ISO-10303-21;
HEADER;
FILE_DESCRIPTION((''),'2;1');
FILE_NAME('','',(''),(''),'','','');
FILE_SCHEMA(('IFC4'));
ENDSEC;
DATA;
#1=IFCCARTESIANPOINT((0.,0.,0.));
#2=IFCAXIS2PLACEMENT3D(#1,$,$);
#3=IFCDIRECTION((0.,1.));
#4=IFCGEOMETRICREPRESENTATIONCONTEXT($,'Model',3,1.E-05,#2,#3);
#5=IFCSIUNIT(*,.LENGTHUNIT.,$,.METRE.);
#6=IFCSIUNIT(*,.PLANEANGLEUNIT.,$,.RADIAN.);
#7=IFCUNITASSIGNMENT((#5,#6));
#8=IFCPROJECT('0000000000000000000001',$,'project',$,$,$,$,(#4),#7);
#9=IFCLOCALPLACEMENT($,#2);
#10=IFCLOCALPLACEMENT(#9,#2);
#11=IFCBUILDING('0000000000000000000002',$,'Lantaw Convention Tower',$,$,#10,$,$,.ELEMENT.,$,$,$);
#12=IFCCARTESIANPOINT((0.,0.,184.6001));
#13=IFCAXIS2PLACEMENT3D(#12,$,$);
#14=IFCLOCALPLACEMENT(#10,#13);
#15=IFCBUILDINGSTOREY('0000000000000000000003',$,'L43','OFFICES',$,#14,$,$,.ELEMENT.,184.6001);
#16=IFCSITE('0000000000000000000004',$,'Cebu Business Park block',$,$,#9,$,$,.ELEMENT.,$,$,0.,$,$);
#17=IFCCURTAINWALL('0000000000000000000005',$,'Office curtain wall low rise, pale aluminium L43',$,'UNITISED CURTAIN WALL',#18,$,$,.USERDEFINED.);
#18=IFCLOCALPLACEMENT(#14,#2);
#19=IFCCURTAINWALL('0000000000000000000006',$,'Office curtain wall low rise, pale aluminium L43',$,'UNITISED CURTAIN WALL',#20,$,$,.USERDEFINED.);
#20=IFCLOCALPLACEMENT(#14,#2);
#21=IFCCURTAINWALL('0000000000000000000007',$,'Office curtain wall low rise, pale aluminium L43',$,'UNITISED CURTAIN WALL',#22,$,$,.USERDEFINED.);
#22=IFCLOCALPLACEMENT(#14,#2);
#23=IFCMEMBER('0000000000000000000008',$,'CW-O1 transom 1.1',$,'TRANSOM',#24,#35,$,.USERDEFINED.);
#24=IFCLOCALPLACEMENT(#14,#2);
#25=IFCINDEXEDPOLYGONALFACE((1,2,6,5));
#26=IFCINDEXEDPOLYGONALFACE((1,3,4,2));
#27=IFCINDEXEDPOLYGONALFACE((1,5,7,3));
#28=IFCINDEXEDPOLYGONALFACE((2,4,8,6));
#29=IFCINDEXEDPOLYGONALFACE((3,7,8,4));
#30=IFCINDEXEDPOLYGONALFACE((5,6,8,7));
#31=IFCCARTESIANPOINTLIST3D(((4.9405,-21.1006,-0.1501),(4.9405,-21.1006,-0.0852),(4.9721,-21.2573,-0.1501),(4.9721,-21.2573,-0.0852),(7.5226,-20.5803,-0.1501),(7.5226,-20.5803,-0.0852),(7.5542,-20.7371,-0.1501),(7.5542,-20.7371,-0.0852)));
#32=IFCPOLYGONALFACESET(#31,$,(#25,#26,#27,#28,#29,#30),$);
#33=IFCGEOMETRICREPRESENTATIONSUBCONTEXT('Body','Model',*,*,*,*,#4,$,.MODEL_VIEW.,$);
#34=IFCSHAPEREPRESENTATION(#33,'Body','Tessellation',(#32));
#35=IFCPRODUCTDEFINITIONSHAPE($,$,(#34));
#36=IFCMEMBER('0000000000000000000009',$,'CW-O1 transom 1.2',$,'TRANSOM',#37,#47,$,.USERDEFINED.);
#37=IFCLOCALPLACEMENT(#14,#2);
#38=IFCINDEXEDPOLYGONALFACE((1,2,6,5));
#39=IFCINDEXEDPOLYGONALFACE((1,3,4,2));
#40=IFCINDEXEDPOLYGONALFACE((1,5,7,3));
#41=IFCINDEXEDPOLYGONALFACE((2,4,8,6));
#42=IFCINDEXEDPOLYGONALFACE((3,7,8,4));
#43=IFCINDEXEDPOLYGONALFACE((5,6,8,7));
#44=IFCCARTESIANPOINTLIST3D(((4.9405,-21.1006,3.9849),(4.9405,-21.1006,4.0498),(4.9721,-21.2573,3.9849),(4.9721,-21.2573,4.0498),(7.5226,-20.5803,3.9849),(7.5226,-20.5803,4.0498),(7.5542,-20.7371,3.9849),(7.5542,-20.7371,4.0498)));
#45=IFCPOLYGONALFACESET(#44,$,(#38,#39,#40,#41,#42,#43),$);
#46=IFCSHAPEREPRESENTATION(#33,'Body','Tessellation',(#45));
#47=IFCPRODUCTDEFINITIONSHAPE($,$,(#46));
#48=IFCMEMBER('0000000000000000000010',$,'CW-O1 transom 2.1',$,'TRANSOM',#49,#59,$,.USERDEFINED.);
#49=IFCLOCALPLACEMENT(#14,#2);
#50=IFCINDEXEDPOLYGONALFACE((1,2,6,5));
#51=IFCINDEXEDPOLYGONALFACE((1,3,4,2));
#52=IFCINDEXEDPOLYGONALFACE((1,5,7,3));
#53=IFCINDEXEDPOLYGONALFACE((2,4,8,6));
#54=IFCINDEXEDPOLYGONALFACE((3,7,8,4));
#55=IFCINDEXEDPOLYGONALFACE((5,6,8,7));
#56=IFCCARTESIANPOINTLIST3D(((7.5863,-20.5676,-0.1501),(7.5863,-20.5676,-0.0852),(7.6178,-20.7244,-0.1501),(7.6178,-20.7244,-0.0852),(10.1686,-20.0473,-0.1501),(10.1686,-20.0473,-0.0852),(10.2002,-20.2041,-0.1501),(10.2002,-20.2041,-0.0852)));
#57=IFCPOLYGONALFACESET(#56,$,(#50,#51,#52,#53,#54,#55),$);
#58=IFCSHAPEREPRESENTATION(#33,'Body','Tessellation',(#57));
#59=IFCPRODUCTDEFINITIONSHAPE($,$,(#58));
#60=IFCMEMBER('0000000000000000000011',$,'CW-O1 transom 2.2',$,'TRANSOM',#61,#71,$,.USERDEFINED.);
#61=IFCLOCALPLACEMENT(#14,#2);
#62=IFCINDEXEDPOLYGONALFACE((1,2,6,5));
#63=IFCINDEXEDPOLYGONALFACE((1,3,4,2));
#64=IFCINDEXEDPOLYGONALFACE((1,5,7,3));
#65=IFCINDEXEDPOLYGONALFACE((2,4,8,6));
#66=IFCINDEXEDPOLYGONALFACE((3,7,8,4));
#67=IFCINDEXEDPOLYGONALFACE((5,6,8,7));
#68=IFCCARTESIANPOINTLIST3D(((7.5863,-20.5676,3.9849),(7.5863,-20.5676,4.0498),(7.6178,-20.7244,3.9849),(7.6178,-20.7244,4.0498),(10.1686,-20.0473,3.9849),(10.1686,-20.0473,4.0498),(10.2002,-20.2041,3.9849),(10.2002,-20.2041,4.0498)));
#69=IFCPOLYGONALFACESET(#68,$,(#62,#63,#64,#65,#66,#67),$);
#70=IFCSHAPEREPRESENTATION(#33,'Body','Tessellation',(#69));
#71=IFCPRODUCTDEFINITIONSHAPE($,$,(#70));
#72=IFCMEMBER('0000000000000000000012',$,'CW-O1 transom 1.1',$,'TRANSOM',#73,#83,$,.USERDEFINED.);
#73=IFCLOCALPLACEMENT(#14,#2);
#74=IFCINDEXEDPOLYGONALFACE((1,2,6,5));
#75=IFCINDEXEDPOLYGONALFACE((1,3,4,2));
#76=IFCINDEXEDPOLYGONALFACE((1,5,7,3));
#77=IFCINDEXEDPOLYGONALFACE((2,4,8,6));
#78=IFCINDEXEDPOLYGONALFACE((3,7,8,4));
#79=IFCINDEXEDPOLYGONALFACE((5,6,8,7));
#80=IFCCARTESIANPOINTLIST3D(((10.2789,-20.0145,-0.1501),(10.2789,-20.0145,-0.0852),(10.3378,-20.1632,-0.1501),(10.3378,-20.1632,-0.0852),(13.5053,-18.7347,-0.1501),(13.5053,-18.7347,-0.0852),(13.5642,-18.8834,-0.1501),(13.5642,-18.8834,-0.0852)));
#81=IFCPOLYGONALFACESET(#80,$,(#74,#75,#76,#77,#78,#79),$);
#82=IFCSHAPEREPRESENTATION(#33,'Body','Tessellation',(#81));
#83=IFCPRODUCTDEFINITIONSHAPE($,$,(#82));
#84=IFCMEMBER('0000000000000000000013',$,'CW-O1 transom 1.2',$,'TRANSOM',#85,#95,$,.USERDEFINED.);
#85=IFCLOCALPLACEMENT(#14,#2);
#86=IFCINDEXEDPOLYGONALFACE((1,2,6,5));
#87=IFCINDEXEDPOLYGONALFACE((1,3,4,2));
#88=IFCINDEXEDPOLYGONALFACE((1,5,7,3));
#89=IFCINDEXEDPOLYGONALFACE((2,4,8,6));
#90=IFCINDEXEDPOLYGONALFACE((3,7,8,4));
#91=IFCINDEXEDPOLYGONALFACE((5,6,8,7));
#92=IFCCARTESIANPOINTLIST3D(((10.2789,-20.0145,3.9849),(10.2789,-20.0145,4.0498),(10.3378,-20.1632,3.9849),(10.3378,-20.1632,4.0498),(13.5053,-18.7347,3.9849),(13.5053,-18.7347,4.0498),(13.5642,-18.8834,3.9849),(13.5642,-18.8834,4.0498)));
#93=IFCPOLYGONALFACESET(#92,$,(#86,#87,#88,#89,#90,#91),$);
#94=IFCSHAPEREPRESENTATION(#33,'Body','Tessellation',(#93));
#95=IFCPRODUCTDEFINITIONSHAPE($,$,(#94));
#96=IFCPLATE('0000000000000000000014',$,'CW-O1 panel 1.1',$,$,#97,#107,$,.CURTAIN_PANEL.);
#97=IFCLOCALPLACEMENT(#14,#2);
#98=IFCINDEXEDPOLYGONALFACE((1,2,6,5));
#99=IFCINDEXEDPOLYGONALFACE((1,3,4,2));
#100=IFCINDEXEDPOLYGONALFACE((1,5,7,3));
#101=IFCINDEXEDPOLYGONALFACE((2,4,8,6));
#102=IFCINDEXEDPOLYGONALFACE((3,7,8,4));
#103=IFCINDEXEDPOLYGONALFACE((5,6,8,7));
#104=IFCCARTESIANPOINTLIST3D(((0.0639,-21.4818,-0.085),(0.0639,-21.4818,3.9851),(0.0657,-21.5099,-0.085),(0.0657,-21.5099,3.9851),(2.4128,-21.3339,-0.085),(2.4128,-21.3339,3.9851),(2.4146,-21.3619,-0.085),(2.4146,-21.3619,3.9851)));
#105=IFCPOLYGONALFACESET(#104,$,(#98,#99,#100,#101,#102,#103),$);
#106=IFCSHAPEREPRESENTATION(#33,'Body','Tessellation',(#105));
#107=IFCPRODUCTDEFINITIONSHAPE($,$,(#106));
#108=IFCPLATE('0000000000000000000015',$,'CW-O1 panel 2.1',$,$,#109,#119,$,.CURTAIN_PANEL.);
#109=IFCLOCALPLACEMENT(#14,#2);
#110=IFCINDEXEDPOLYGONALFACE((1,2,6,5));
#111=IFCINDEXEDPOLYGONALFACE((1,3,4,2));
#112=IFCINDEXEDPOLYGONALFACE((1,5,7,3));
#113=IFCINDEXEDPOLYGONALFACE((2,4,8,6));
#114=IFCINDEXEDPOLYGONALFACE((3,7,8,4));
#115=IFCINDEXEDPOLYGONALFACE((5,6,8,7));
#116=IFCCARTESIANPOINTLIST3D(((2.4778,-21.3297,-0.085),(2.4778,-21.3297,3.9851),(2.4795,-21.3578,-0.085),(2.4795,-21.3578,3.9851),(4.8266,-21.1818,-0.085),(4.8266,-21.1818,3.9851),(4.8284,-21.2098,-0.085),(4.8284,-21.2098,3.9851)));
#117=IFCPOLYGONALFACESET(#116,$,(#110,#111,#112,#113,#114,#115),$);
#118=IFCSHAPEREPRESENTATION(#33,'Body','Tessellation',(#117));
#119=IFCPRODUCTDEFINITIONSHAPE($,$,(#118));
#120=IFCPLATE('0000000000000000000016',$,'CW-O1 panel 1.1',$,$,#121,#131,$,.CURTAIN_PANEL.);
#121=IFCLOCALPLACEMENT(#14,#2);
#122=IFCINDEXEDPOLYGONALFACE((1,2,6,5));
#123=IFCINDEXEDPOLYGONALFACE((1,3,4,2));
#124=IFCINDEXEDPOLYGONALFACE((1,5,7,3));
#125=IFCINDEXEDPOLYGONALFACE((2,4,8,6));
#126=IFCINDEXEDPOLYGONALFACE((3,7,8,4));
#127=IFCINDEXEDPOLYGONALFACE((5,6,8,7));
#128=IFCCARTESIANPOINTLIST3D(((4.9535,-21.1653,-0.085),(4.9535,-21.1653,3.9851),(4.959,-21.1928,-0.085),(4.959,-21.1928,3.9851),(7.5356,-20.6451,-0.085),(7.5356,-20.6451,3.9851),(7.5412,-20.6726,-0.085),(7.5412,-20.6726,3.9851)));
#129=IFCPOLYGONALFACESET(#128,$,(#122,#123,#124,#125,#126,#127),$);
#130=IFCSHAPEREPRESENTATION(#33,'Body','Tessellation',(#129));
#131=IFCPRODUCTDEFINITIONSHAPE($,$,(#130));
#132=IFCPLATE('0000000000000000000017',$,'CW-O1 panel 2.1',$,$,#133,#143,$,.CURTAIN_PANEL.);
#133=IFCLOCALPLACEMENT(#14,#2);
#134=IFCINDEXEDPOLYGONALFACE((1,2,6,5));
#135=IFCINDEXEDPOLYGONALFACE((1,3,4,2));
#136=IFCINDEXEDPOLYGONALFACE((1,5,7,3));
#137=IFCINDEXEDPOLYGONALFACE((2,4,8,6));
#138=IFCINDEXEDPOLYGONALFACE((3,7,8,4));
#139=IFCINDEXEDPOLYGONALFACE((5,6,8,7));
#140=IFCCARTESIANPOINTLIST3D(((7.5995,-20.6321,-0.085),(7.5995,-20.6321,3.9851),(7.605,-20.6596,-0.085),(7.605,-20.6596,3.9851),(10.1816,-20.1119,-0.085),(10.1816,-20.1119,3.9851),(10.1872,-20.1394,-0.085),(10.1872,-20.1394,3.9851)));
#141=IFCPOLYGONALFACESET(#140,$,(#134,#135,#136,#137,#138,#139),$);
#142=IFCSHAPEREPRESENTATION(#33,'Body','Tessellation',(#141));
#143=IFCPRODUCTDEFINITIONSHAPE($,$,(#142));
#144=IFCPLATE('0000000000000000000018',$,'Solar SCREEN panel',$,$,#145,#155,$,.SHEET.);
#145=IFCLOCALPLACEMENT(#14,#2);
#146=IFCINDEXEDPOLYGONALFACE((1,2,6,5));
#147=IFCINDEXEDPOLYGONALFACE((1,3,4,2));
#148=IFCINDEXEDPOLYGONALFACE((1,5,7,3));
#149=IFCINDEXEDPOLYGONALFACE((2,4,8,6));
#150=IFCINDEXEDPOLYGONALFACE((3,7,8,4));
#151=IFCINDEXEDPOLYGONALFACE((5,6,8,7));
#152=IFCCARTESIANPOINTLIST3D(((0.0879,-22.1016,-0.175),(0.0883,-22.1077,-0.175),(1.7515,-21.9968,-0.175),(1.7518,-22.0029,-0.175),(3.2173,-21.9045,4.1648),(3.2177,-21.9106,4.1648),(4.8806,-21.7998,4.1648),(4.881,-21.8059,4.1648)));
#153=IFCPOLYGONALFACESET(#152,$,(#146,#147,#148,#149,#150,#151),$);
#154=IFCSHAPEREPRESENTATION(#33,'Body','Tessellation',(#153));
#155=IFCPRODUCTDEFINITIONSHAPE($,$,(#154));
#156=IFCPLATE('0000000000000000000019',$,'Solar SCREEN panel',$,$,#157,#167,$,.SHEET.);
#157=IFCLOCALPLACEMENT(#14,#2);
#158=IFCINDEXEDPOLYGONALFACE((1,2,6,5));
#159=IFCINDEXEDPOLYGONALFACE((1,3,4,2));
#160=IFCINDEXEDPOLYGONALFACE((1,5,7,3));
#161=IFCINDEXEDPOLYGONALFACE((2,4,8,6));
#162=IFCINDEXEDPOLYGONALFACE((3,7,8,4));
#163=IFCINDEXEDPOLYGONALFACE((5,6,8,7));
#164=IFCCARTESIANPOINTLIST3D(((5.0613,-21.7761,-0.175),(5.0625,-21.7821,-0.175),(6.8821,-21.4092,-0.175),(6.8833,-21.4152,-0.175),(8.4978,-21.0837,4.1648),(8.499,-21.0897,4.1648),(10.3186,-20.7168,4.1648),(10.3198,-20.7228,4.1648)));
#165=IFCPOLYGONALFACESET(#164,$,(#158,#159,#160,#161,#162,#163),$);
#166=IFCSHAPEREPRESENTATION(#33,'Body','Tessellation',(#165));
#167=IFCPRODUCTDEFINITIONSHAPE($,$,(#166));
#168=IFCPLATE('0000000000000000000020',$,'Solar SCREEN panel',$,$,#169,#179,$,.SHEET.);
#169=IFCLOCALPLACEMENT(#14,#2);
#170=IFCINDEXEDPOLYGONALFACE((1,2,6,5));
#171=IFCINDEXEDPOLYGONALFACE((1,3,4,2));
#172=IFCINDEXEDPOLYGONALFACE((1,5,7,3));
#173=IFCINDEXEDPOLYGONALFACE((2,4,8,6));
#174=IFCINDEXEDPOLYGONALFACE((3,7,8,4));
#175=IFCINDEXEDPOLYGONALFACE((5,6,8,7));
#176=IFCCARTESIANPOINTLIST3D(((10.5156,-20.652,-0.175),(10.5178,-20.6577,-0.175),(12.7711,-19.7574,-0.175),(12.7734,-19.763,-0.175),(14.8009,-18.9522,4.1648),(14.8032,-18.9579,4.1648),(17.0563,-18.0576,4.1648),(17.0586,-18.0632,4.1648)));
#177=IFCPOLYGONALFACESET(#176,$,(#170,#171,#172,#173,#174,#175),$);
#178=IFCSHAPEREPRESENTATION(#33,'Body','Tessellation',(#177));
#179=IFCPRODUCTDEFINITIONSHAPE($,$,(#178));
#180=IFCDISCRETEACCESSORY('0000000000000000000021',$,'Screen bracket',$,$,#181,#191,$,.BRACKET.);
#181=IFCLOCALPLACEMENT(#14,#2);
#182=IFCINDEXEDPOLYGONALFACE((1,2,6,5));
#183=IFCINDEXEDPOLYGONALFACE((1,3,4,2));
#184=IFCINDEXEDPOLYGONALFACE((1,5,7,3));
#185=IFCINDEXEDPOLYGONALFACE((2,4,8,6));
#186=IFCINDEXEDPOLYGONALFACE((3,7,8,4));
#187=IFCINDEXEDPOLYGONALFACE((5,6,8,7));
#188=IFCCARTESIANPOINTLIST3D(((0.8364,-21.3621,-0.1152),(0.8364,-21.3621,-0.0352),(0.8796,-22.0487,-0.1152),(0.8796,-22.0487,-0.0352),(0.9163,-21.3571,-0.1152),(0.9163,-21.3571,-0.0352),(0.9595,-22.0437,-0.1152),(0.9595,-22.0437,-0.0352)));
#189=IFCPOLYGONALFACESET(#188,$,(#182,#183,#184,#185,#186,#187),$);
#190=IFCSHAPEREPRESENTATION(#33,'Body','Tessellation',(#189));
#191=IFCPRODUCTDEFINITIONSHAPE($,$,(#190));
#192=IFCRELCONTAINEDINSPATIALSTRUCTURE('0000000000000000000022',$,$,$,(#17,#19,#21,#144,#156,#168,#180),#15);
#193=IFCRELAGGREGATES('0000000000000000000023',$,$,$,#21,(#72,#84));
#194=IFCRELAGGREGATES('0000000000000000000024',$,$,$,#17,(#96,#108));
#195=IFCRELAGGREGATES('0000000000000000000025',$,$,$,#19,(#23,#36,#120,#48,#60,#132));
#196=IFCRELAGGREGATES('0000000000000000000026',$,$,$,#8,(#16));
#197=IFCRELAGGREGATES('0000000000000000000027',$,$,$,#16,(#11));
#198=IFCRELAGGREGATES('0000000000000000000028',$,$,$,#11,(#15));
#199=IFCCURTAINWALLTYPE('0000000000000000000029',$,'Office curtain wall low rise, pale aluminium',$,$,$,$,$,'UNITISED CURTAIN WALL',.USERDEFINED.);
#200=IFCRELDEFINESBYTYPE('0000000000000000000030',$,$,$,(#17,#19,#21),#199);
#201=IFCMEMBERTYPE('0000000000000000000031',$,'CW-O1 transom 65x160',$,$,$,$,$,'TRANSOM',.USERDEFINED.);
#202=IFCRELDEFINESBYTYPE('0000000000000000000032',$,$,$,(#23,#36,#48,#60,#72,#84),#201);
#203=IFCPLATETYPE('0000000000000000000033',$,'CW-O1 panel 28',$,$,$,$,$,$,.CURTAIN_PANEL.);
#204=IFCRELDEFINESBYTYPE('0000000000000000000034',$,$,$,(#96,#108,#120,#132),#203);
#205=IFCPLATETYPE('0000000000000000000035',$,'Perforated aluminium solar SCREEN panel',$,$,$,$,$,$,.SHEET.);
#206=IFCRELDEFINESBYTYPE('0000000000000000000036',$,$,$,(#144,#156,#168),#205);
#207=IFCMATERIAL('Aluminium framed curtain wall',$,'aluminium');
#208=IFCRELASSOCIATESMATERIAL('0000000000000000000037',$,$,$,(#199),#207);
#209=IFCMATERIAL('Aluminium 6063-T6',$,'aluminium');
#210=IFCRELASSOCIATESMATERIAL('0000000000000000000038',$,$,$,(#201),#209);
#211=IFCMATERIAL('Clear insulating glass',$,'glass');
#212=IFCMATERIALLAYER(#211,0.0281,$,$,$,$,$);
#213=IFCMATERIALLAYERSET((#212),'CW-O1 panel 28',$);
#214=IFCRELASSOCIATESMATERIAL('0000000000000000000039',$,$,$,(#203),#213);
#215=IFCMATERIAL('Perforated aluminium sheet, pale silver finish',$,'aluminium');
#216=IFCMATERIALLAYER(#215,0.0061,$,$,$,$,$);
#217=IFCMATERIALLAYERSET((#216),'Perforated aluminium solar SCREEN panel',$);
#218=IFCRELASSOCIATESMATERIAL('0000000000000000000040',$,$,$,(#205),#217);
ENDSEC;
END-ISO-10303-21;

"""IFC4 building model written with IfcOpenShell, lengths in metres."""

from ifc_helpers import new_model, si_unit, direction, frame, origin, origin_2d, place, context, subcontext, project, spatial, polyline, rectangle, outline, extrude, material, layer, layer_set, material_profile, profile_set, type_object, element, aggregate, save


model = new_model("IFC4")

# Units and contexts
model_context = context("Model", 3, precision=1e-05, world=origin(), true_north=direction((0.0, 1.0)))
body_context = subcontext(model_context, "Body", "Model", "MODEL_VIEW")
ifc_project = project(units=[si_unit("LENGTHUNIT", "METRE"), si_unit("PLANEANGLEUNIT", "RADIAN")], contexts=[model_context])

# Site, building, storey
site_placement = place(None, origin())
site = spatial("IfcSite", under=ifc_project, at=site_placement, Name="Cebu Business Park block", CompositionType="ELEMENT", RefElevation=0.0)
building_placement = place(site_placement, origin())
building = spatial("IfcBuilding", under=site, at=building_placement, Name="Lantaw Convention Tower", CompositionType="ELEMENT")
storey_placement = place(building_placement, frame((0.0, 0.0, 184.6001)))
storey = spatial("IfcBuildingStorey", under=building, at=storey_placement, Name="L43", Description="OFFICES", CompositionType="ELEMENT", Elevation=184.6001)

# Curtain walls
ifc_material_1 = material(Name="Aluminium framed curtain wall", Category="aluminium")
curtain_wall_type = type_object("IfcCurtainWallType", Name="Office curtain wall low rise, pale aluminium", ElementType="UNITISED CURTAIN WALL", PredefinedType="USERDEFINED", material=ifc_material_1)
curtain_wall_1_placement = place(storey_placement, origin())
curtain_wall_1 = element("IfcCurtainWall", 1, at=curtain_wall_1_placement, inside=storey, type_object=curtain_wall_type, Name="Office curtain wall low rise, pale aluminium L43", ObjectType="UNITISED CURTAIN WALL", PredefinedType="USERDEFINED")
ifc_material_2 = material(Name="Aluminium 6063-T6", Category="aluminium")
curtain_wall_2_placement = place(storey_placement, origin())
curtain_wall_2 = element("IfcCurtainWall", 2, at=curtain_wall_2_placement, inside=storey, type_object=curtain_wall_type, Name="Office curtain wall low rise, pale aluminium L43", ObjectType="UNITISED CURTAIN WALL", PredefinedType="USERDEFINED")

# Curtain wall
curtain_wall_3_placement = place(storey_placement, origin())
curtain_wall_3 = element("IfcCurtainWall", 3, at=curtain_wall_3_placement, inside=storey, type_object=curtain_wall_type, Name="Office curtain wall low rise, pale aluminium L43", ObjectType="UNITISED CURTAIN WALL", PredefinedType="USERDEFINED")

# Members
ifc_material_profile_1 = material_profile(ifc_material_2, rectangle(XDim=0.1599, YDim=0.0649, at=origin_2d()), Name="CW-O1 transom 65x160")
ifc_profile_set_1 = profile_set([ifc_material_profile_1], Name="Aluminium 6063-T6")
member_type_1 = type_object("IfcMemberType", Name="CW-O1 transom 65x160", ElementType="TRANSOM", PredefinedType="USERDEFINED", material=ifc_profile_set_1)
member_1_placement = place(storey_placement, frame((4.9563, -21.179, -0.1177), z_axis=(0.980298, 0.197524, 0.0), x_axis=(-0.197524, 0.980298, 0.0)))
member_1 = element("IfcMember", 4, at=member_1_placement, type_object=member_type_1, Name="CW-O1 transom 1.1", ObjectType="TRANSOM", PredefinedType="USERDEFINED", context=body_context, shape_type="SweptSolid", body=[
    extrude(rectangle(XDim=0.1599, YDim=0.0649, at=origin_2d()), origin(), (0.0, 0.0, 1.0), 2.634),
])
member_2_placement = place(storey_placement, frame((4.9563, -21.179, 4.0173), z_axis=(0.980298, 0.197524, 0.0), x_axis=(-0.197524, 0.980298, 0.0)))
member_2 = element("IfcMember", 5, at=member_2_placement, type_object=member_type_1, Name="CW-O1 transom 1.2", ObjectType="TRANSOM", PredefinedType="USERDEFINED", context=body_context, shape_type="SweptSolid", body=[
    extrude(rectangle(XDim=0.1599, YDim=0.0649, at=origin_2d()), origin(), (0.0, 0.0, 1.0), 2.634),
])
member_3_placement = place(storey_placement, frame((7.6021, -20.646, -0.1177), z_axis=(0.980302, 0.197506, 0.0), x_axis=(-0.197506, 0.980302, 0.0)))
member_3 = element("IfcMember", 6, at=member_3_placement, type_object=member_type_1, Name="CW-O1 transom 2.1", ObjectType="TRANSOM", PredefinedType="USERDEFINED", context=body_context, shape_type="SweptSolid", body=[
    extrude(rectangle(XDim=0.1599, YDim=0.0649, at=origin_2d()), origin(), (0.0, 0.0, 1.0), 2.6343),
])
member_4_placement = place(storey_placement, frame((7.6021, -20.646, 4.0173), z_axis=(0.980302, 0.197506, 0.0), x_axis=(-0.197506, 0.980302, 0.0)))
member_4 = element("IfcMember", 7, at=member_4_placement, type_object=member_type_1, Name="CW-O1 transom 2.2", ObjectType="TRANSOM", PredefinedType="USERDEFINED", context=body_context, shape_type="SweptSolid", body=[
    extrude(rectangle(XDim=0.1599, YDim=0.0649, at=origin_2d()), origin(), (0.0, 0.0, 1.0), 2.6343),
])
member_5_placement = place(storey_placement, frame((10.3083, -20.0889, -0.1177), z_axis=(0.92954, 0.368721, 0.0), x_axis=(-0.368721, 0.92954, 0.0)))
member_5 = element("IfcMember", 8, at=member_5_placement, type_object=member_type_1, Name="CW-O1 transom 1.1", ObjectType="TRANSOM", PredefinedType="USERDEFINED", context=body_context, shape_type="SweptSolid", body=[
    extrude(rectangle(XDim=0.1599, YDim=0.0649, at=origin_2d()), origin(), (0.0, 0.0, 1.0), 3.4709),
])
member_6_placement = place(storey_placement, frame((10.3083, -20.0889, 4.0173), z_axis=(0.92954, 0.368721, 0.0), x_axis=(-0.368721, 0.92954, 0.0)))
member_6 = element("IfcMember", 9, at=member_6_placement, type_object=member_type_1, Name="CW-O1 transom 1.2", ObjectType="TRANSOM", PredefinedType="USERDEFINED", context=body_context, shape_type="SweptSolid", body=[
    extrude(rectangle(XDim=0.1599, YDim=0.0649, at=origin_2d()), origin(), (0.0, 0.0, 1.0), 3.4709),
])
aggregate(curtain_wall_3, [member_5, member_6])

# Plates
ifc_material_3 = material(Name="Clear insulating glass", Category="glass")
ifc_layer_1 = layer(ifc_material_3, 0.0281)
ifc_layer_set_1 = layer_set([ifc_layer_1], Name="CW-O1 panel 28")
plate_type_1 = type_object("IfcPlateType", Name="CW-O1 panel 28", PredefinedType="CURTAIN_PANEL", material=ifc_layer_set_1)
plate_1_placement = place(storey_placement, frame((1.2393, -21.4219, -0.085), z_axis=(0.0, 0.0, 1.0), x_axis=(0.998022, 0.062865, 0.0)))
plate_1 = element("IfcPlate", 10, at=plate_1_placement, type_object=plate_type_1, Name="CW-O1 panel 1.1", PredefinedType="CURTAIN_PANEL", context=body_context, shape_type="SweptSolid", body=[
    extrude(rectangle(XDim=2.3535, YDim=0.0281, at=origin_2d()), origin(), (0.0, 0.0, 1.0), 4.0701),
])
plate_2_placement = place(storey_placement, frame((3.6531, -21.2698, -0.085), z_axis=(0.0, 0.0, 1.0), x_axis=(0.998022, 0.062865, 0.0)))
plate_2 = element("IfcPlate", 11, at=plate_2_placement, type_object=plate_type_1, Name="CW-O1 panel 2.1", PredefinedType="CURTAIN_PANEL", context=body_context, shape_type="SweptSolid", body=[
    extrude(rectangle(XDim=2.3535, YDim=0.0281, at=origin_2d()), origin(), (0.0, 0.0, 1.0), 4.0701),
])
aggregate(curtain_wall_1, [plate_1, plate_2])
plate_3_placement = place(storey_placement, frame((6.2473, -20.9189, -0.085), z_axis=(0.0, 0.0, 1.0), x_axis=(0.980302, 0.197507, 0.0)))
plate_3 = element("IfcPlate", 12, at=plate_3_placement, type_object=plate_type_1, Name="CW-O1 panel 1.1", PredefinedType="CURTAIN_PANEL", context=body_context, shape_type="SweptSolid", body=[
    extrude(rectangle(XDim=2.634, YDim=0.0281, at=origin_2d()), origin(), (0.0, 0.0, 1.0), 4.0701),
])
plate_4_placement = place(storey_placement, frame((8.8933, -20.3857, -0.085), z_axis=(0.0, 0.0, 1.0), x_axis=(0.980302, 0.197507, 0.0)))
plate_4 = element("IfcPlate", 13, at=plate_4_placement, type_object=plate_type_1, Name="CW-O1 panel 2.1", PredefinedType="CURTAIN_PANEL", context=body_context, shape_type="SweptSolid", body=[
    extrude(rectangle(XDim=2.634, YDim=0.0281, at=origin_2d()), origin(), (0.0, 0.0, 1.0), 4.0701),
])
aggregate(curtain_wall_2, [member_1, member_2, plate_3, member_3, member_4, plate_4])

# Plates
ifc_material_4 = material(Name="Perforated aluminium sheet, pale silver finish", Category="aluminium")
ifc_layer_2 = layer(ifc_material_4, 0.0061)
ifc_layer_set_2 = layer_set([ifc_layer_2], Name="Perforated aluminium solar SCREEN panel")
plate_type_2 = type_object("IfcPlateType", Name="Perforated aluminium solar SCREEN panel", PredefinedType="SHEET", material=ifc_layer_set_2)
plate_5_placement = place(storey_placement, frame((0.0879, -22.1016, -0.175), z_axis=(-0.062839, 0.998024, 0.000002), x_axis=(0.998024, 0.062839, 0.0)))
element("IfcPlate", 14, at=plate_5_placement, inside=storey, type_object=plate_type_2, Name="Solar SCREEN panel", PredefinedType="SHEET", context=body_context, shape_type="SweptSolid", body=[
    extrude(outline(polyline([(0.0, 0.0), (1.6669, 0.0), (4.8022, -4.3398), (3.1356, -4.3398), (0.0, 0.0)])), origin(), (0.0, 0.0, -1.0), 0.0061),
])
plate_6_placement = place(storey_placement, frame((5.0613, -21.7761, -0.175), z_axis=(-0.197557, 0.980291, 0.000039), x_axis=(0.980291, 0.197557, 0.0)))
element("IfcPlate", 15, at=plate_6_placement, inside=storey, type_object=plate_type_2, Name="Solar SCREEN panel", PredefinedType="SHEET", context=body_context, shape_type="SweptSolid", body=[
    extrude(outline(polyline([(0.0, 0.0), (1.8574, 0.0), (5.363, -4.3398), (3.5056, -4.3398), (0.0, 0.0)])), origin(), (0.0, 0.0, -1.0), 0.0061),
])
plate_7_placement = place(storey_placement, frame((10.5178, -20.6577, -0.175), z_axis=(0.368709, -0.929545, 0.000011), x_axis=(0.929545, 0.368709, 0.0)))
element("IfcPlate", 16, at=plate_7_placement, inside=storey, type_object=plate_type_2, Name="Solar SCREEN panel", PredefinedType="SHEET", context=body_context, shape_type="SweptSolid", body=[
    extrude(outline(polyline([(0.0, 0.0), (2.4265, 0.0), (7.0365, 4.3398), (4.6102, 4.3398), (0.0, 0.0)])), origin(), (0.0, 0.0, -1.0), 0.0061),
])

# Discrete accessory
for number, where, z_axis, x_axis, name in (
    (17, (0.8979, -21.7029, -0.1152), (0.0, 0.0, 1.0), (0.998022, 0.062865, 0.0), "Screen bracket"),
):
    element("IfcDiscreteAccessory", number, at=place(storey_placement, frame(where, z_axis=z_axis, x_axis=x_axis)), inside=storey, Name=name, PredefinedType="BRACKET", context=body_context, shape_type="SweptSolid", body=[
        extrude(rectangle(XDim=0.0801, YDim=0.688, at=origin_2d()), origin(), (0.0, 0.0, 1.0), 0.0801),
    ])

save(model, "model.ifc")
